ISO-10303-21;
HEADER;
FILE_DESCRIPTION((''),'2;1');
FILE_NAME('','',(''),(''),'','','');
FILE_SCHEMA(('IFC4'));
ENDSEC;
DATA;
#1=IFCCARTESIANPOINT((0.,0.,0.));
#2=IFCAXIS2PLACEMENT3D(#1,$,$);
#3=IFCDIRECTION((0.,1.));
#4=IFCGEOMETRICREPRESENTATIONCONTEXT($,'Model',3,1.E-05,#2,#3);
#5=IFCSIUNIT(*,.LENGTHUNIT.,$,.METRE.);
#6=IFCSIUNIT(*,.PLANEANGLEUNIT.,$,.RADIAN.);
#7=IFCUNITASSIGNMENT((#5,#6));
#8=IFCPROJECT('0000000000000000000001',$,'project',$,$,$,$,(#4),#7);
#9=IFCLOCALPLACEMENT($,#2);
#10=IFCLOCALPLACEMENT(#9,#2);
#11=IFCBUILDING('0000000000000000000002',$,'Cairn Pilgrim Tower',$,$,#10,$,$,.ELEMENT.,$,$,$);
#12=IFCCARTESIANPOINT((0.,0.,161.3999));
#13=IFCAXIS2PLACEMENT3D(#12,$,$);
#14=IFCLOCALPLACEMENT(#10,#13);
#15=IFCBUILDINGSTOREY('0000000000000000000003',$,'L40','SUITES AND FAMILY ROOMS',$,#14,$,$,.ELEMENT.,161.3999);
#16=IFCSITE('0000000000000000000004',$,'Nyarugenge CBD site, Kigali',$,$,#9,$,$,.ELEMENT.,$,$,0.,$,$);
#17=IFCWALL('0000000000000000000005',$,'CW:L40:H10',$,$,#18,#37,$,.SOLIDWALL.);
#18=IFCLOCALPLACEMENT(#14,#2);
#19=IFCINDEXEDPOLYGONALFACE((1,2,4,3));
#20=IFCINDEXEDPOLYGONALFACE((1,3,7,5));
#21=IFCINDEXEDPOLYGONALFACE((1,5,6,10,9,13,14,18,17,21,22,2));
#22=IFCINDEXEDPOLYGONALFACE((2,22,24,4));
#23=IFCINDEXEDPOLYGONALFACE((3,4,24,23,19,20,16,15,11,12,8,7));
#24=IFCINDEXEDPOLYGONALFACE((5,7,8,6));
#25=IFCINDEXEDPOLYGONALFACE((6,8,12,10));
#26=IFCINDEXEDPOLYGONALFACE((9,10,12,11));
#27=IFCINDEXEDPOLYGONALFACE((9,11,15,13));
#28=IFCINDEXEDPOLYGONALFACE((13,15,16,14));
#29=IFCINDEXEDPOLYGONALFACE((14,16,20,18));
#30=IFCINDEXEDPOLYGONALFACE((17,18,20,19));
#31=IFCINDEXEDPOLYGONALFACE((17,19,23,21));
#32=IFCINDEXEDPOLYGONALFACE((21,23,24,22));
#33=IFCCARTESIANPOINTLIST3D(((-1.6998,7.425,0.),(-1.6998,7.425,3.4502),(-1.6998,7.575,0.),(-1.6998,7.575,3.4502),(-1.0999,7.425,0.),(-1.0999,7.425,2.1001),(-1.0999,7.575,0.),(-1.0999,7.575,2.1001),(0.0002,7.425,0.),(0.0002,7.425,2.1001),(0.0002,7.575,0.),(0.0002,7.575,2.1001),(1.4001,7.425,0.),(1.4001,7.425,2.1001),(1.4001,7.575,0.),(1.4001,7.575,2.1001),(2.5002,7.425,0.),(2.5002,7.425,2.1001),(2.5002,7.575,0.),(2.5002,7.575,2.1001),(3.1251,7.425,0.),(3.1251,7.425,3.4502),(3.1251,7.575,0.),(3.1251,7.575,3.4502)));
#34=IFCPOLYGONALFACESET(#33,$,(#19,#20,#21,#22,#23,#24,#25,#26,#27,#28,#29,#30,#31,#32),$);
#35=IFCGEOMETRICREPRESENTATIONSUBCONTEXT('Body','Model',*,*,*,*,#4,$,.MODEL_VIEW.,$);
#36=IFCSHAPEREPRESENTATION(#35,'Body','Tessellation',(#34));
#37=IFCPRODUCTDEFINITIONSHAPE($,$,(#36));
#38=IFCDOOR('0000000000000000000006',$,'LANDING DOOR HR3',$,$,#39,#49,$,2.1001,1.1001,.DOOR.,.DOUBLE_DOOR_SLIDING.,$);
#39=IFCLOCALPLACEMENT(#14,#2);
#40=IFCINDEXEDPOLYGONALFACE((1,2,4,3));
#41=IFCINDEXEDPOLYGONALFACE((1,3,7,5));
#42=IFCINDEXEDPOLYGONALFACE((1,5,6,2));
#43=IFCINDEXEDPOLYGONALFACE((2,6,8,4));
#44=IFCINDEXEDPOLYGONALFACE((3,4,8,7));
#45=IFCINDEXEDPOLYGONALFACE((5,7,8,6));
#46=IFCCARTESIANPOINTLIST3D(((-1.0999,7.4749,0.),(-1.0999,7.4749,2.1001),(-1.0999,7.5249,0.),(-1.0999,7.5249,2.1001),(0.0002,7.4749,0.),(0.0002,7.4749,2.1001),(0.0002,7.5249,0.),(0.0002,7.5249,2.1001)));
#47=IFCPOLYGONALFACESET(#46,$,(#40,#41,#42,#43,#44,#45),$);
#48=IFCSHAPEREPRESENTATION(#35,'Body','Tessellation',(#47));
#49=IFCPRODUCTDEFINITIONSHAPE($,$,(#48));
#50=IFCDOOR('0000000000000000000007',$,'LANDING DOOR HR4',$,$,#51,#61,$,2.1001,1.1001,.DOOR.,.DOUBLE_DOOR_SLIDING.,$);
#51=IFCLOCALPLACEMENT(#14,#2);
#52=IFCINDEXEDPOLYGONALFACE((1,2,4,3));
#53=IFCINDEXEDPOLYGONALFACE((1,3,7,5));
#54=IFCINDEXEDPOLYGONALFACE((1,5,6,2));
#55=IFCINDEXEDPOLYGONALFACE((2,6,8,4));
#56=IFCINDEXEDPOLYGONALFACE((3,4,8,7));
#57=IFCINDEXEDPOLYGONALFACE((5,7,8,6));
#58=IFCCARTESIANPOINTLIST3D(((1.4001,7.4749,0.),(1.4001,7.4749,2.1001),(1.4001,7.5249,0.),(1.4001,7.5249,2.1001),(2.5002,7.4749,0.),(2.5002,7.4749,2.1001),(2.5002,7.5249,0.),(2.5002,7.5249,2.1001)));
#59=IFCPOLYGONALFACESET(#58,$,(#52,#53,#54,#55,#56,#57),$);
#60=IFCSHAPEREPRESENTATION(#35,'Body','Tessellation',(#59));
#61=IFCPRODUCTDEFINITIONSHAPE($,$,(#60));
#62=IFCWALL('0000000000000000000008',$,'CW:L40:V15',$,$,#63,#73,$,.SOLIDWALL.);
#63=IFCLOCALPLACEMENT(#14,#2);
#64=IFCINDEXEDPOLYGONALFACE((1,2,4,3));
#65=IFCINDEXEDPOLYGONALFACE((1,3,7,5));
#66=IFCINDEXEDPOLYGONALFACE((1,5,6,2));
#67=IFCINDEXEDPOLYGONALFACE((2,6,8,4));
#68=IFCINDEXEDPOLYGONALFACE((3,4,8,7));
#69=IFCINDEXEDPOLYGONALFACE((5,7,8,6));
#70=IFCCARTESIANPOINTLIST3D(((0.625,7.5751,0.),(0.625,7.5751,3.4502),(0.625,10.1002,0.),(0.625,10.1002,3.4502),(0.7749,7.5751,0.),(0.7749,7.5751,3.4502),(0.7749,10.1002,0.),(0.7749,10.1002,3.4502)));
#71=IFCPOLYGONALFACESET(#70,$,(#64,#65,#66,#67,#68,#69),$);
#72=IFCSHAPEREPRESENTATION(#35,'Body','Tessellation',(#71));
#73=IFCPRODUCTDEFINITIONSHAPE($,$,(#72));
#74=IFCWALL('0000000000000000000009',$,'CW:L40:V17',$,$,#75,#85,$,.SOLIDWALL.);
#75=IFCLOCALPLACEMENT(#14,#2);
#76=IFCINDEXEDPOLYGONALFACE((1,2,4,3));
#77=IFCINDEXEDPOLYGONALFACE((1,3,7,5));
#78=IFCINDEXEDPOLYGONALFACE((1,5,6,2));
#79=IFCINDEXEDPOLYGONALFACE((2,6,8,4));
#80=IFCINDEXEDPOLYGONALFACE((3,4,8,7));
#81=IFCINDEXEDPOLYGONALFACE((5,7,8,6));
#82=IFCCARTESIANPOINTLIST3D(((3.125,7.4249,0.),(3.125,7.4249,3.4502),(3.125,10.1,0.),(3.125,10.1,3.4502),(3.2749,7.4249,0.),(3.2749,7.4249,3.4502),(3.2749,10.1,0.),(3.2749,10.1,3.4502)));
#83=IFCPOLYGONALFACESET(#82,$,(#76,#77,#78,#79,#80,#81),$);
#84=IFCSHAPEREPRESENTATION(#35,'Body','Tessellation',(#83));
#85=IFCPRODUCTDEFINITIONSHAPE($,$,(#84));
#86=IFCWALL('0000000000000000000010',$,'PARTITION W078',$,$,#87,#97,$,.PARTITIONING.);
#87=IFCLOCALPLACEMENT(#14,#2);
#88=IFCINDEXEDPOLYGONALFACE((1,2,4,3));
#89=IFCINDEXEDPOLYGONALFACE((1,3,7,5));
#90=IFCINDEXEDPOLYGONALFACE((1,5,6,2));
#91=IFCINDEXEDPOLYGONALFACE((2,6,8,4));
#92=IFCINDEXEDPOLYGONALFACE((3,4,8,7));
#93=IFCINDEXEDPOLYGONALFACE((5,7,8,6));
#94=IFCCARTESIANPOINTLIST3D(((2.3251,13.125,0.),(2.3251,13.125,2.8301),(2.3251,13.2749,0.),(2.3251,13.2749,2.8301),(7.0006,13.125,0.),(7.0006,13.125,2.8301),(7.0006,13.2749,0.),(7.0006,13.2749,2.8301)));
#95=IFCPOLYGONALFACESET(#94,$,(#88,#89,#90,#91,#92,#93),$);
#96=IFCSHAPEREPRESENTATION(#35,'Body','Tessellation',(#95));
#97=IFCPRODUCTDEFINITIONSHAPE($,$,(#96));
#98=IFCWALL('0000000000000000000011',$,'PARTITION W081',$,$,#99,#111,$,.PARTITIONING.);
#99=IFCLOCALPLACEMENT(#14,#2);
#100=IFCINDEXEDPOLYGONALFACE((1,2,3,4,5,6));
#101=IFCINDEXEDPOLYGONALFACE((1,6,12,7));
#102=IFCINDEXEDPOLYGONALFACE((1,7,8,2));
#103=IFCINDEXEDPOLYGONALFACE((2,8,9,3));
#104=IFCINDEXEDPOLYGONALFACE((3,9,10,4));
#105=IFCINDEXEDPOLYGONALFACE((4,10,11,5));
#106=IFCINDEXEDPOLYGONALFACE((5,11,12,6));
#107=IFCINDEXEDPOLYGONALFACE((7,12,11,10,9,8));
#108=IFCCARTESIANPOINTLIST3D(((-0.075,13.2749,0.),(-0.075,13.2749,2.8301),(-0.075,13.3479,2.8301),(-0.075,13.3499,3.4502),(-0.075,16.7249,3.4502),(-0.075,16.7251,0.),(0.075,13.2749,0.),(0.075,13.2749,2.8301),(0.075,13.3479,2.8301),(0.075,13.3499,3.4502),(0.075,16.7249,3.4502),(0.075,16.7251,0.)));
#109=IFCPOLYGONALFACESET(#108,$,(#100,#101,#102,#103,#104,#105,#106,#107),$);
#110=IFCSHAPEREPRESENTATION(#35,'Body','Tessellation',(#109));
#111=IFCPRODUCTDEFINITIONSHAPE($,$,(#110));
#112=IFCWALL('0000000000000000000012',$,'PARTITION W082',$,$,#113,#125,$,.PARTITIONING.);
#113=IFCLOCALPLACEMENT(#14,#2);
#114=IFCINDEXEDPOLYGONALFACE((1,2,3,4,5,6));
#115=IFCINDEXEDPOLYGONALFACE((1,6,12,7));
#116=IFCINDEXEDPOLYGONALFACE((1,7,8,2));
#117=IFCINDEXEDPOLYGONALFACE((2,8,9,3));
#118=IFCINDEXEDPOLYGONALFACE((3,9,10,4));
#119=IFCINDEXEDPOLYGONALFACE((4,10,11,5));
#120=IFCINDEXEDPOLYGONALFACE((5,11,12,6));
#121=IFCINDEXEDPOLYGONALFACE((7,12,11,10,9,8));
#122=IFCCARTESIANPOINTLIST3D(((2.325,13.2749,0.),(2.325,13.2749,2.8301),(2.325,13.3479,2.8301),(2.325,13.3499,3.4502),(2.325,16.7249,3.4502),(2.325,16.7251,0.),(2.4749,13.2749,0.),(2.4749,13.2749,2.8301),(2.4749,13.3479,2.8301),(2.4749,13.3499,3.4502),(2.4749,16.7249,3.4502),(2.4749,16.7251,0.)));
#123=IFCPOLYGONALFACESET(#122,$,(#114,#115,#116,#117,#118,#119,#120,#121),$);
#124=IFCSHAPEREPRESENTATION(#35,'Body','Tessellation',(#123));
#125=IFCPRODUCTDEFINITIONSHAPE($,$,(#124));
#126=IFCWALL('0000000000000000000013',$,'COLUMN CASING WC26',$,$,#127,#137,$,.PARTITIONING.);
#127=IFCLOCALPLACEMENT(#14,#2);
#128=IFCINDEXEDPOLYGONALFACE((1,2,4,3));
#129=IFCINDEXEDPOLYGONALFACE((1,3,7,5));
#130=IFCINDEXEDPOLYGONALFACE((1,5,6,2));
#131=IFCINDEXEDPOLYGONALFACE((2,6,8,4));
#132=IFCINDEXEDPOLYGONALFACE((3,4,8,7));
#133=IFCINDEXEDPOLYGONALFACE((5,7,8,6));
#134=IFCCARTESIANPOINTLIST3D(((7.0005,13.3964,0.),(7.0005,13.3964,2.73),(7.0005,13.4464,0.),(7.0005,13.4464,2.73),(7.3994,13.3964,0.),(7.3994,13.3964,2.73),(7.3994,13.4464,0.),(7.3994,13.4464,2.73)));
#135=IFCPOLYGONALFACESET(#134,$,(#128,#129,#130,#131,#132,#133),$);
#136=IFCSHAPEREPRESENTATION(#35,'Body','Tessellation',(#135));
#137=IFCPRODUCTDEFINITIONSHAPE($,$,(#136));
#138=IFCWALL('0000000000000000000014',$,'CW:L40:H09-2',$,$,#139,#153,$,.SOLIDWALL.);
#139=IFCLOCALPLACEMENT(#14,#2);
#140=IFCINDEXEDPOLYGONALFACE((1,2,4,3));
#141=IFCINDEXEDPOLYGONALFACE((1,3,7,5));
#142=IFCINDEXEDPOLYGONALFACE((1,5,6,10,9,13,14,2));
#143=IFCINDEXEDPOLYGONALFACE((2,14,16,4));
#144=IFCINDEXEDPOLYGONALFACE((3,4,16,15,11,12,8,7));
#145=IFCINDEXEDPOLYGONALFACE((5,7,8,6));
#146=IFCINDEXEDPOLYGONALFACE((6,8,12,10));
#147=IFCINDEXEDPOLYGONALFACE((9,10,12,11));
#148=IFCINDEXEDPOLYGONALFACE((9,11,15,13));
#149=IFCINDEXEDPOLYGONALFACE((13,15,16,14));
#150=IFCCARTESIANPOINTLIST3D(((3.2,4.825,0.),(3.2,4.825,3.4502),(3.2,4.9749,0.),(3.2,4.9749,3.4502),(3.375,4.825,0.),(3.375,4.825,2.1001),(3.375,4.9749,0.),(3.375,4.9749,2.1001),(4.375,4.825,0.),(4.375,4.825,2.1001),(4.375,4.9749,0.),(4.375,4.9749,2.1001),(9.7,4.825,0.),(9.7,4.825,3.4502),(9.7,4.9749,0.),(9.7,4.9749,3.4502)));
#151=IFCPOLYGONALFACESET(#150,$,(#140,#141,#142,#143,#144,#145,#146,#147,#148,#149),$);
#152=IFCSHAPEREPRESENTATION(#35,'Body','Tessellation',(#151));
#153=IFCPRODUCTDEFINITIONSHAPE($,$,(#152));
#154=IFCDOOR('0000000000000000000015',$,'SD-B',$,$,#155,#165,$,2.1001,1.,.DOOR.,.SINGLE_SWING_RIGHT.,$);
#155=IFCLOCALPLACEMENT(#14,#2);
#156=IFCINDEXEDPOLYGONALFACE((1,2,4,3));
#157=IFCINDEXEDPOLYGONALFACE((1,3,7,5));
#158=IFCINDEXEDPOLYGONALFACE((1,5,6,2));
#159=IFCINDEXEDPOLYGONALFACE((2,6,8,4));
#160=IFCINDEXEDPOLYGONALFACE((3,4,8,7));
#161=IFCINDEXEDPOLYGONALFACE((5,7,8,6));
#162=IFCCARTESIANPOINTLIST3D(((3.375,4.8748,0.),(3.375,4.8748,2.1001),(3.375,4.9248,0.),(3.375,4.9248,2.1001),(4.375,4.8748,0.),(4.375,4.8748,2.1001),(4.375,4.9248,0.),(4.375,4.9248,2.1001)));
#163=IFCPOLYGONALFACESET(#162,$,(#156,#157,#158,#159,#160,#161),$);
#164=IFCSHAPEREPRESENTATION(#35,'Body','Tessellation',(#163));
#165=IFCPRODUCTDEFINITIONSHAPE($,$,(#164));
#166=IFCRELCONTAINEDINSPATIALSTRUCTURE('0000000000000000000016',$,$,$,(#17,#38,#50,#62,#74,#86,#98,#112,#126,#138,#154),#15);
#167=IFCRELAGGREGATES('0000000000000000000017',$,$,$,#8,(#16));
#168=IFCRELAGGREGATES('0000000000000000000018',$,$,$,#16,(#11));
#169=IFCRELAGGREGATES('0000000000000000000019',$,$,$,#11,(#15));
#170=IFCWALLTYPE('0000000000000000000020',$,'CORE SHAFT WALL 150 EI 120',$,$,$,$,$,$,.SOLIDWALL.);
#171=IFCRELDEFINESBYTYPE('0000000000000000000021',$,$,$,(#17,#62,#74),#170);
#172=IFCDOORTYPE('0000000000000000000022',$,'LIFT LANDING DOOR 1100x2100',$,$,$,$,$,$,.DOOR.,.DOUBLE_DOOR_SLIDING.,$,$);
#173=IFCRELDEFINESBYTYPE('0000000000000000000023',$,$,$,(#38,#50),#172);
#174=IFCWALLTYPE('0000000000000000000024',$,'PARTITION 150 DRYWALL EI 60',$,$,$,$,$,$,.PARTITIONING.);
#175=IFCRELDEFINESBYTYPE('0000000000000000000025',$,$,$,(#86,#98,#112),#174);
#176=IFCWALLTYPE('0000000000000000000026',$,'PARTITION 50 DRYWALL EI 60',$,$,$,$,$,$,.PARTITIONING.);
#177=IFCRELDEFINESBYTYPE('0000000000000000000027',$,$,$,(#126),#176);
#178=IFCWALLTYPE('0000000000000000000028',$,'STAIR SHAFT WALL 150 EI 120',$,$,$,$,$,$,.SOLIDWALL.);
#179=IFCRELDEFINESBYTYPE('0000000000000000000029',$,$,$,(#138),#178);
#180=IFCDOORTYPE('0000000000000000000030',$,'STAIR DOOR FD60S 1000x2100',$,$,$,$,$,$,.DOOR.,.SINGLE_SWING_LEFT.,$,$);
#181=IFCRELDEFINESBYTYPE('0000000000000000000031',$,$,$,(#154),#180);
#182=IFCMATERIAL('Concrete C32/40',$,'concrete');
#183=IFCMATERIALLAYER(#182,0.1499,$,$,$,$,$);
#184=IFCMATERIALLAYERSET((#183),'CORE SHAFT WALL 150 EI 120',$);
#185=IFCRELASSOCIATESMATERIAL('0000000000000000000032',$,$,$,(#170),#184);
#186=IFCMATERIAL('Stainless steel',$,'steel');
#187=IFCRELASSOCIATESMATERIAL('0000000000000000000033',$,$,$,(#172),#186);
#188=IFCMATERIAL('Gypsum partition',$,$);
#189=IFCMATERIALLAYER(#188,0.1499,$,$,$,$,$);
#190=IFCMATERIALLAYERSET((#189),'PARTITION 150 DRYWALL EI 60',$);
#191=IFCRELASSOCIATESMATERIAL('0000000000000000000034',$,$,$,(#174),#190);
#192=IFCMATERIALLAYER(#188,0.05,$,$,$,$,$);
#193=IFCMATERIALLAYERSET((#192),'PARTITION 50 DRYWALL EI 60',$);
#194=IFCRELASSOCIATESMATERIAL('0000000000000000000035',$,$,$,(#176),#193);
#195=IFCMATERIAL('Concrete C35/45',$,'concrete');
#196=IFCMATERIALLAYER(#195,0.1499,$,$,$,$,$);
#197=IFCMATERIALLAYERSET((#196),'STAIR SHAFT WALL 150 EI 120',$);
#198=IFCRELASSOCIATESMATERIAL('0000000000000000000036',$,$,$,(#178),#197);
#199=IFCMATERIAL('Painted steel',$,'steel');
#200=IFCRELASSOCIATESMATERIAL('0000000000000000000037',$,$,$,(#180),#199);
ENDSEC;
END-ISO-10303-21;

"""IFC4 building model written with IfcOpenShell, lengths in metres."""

from ifc_helpers import new_model, si_unit, direction, frame, frame_2d, origin, place, context, subcontext, project, spatial, polyline, rectangle, outline, extrude, material, layer, layer_set, type_object, element, fill, save


model = new_model("IFC4")

# Units and contexts
model_context = context("Model", 3, precision=1e-05, world=origin(), true_north=direction((0.0, 1.0)))
body_context = subcontext(model_context, "Body", "Model", "MODEL_VIEW")
ifc_project = project(units=[si_unit("LENGTHUNIT", "METRE"), si_unit("PLANEANGLEUNIT", "RADIAN")], contexts=[model_context])

# Site, building, storey
site_placement = place(None, origin())
site = spatial("IfcSite", under=ifc_project, at=site_placement, Name="Nyarugenge CBD site, Kigali", CompositionType="ELEMENT", RefElevation=0.0)
building_placement = place(site_placement, origin())
building = spatial("IfcBuilding", under=site, at=building_placement, Name="Cairn Pilgrim Tower", CompositionType="ELEMENT")
storey_placement = place(building_placement, frame((0.0, 0.0, 161.3999)))
storey = spatial("IfcBuildingStorey", under=building, at=storey_placement, Name="L40", Description="SUITES AND FAMILY ROOMS", CompositionType="ELEMENT", Elevation=161.3999)

# Shared definitions
ifc_material_1 = material(Name="Concrete C32/40", Category="concrete")

# Wall, openings, doors
ifc_layer_1 = layer(ifc_material_1, 0.1499)
ifc_layer_set_1 = layer_set([ifc_layer_1], Name="CORE SHAFT WALL 150 EI 120")
wall_type_1 = type_object("IfcWallType", Name="CORE SHAFT WALL 150 EI 120", PredefinedType="SOLIDWALL", material=ifc_layer_set_1)
wall_1_placement = place(storey_placement, frame((-1.7, 7.5, 0.0), z_axis=(0.0, 0.0, 1.0), x_axis=(1.0, 0.0, 0.0)))
wall_1 = element("IfcWall", 1, at=wall_1_placement, inside=storey, type_object=wall_type_1, Name="CW:L40:H10", PredefinedType="SOLIDWALL", context=body_context, shape_type="SweptSolid", body=[
    extrude(rectangle(XDim=4.825, YDim=0.1499, at=frame_2d((2.4126, 0.0))), origin(), (0.0, 0.0, 1.0), 3.4502),
])
opening_1_placement = place(wall_1_placement, frame((0.6001, 0.0, 0.0)))
opening_1 = element("IfcOpeningElement", 2, at=opening_1_placement, cuts=wall_1, PredefinedType="OPENING", context=body_context, shape_type="SweptSolid", body=[
    extrude(rectangle(XDim=1.1001, YDim=2.1001, at=frame_2d((0.55, 1.05))), frame((0.0, 0.085, 0.0), z_axis=(0.0, -1.0, 0.0), x_axis=(1.0, 0.0, 0.0)), (0.0, 0.0, 1.0), 0.1699),
])
opening_2_placement = place(wall_1_placement, frame((3.1001, 0.0, 0.0)))
opening_2 = element("IfcOpeningElement", 3, at=opening_2_placement, cuts=wall_1, PredefinedType="OPENING", context=body_context, shape_type="SweptSolid", body=[
    extrude(rectangle(XDim=1.1001, YDim=2.1001, at=frame_2d((0.55, 1.05))), frame((0.0, 0.085, 0.0), z_axis=(0.0, -1.0, 0.0), x_axis=(1.0, 0.0, 0.0)), (0.0, 0.0, 1.0), 0.1699),
])
ifc_material_2 = material(Name="Stainless steel", Category="steel")
door_type_1 = type_object("IfcDoorType", Name="LIFT LANDING DOOR 1100x2100", OperationType="DOUBLE_DOOR_SLIDING", PredefinedType="DOOR", material=ifc_material_2)
door_1_placement = place(opening_1_placement, origin())
door_1 = element("IfcDoor", 4, at=door_1_placement, inside=storey, type_object=door_type_1, Name="LANDING DOOR HR3", OperationType="DOUBLE_DOOR_SLIDING", OverallHeight=2.1001, OverallWidth=1.1001, PredefinedType="DOOR", context=body_context, shape_type="SweptSolid", body=[
    extrude(rectangle(XDim=1.1001, YDim=2.1001, at=frame_2d((0.55, 1.05))), frame((0.0, 0.0249, 0.0), z_axis=(0.0, -1.0, 0.0), x_axis=(1.0, 0.0, 0.0)), (0.0, 0.0, 1.0), 0.05),
])
fill(opening_1, door_1)
door_2_placement = place(opening_2_placement, origin())
door_2 = element("IfcDoor", 5, at=door_2_placement, inside=storey, type_object=door_type_1, Name="LANDING DOOR HR4", OperationType="DOUBLE_DOOR_SLIDING", OverallHeight=2.1001, OverallWidth=1.1001, PredefinedType="DOOR", context=body_context, shape_type="SweptSolid", body=[
    extrude(rectangle(XDim=1.1001, YDim=2.1001, at=frame_2d((0.55, 1.05))), frame((0.0, 0.0249, 0.0), z_axis=(0.0, -1.0, 0.0), x_axis=(1.0, 0.0, 0.0)), (0.0, 0.0, 1.0), 0.05),
])
fill(opening_2, door_2)

# Walls
wall_2_placement = place(storey_placement, frame((0.7, 7.575, 0.0), z_axis=(0.0, 0.0, 1.0), x_axis=(0.0, 1.0, 0.0)))
element("IfcWall", 6, at=wall_2_placement, inside=storey, type_object=wall_type_1, Name="CW:L40:V15", PredefinedType="SOLIDWALL", context=body_context, shape_type="SweptSolid", body=[
    extrude(rectangle(XDim=2.5251, YDim=0.1499, at=frame_2d((1.2627, 0.0))), origin(), (0.0, 0.0, 1.0), 3.4502),
])
wall_3_placement = place(storey_placement, frame((3.2, 7.425, 0.0), z_axis=(0.0, 0.0, 1.0), x_axis=(0.0, 1.0, 0.0)))
element("IfcWall", 7, at=wall_3_placement, inside=storey, type_object=wall_type_1, Name="CW:L40:V17", PredefinedType="SOLIDWALL", context=body_context, shape_type="SweptSolid", body=[
    extrude(rectangle(XDim=2.675, YDim=0.1499, at=frame_2d((1.3374, 0.0))), origin(), (0.0, 0.0, 1.0), 3.4502),
])
ifc_material_3 = material(Name="Gypsum partition")
ifc_layer_2 = layer(ifc_material_3, 0.1499)
ifc_layer_set_2 = layer_set([ifc_layer_2], Name="PARTITION 150 DRYWALL EI 60")
wall_type_2 = type_object("IfcWallType", Name="PARTITION 150 DRYWALL EI 60", PredefinedType="PARTITIONING", material=ifc_layer_set_2)
wall_4_placement = place(storey_placement, frame((2.325, 13.2, 0.0), z_axis=(0.0, 0.0, 1.0), x_axis=(1.0, 0.0, 0.0)))
element("IfcWall", 8, at=wall_4_placement, inside=storey, type_object=wall_type_2, Name="PARTITION W078", PredefinedType="PARTITIONING", context=body_context, shape_type="SweptSolid", body=[
    extrude(rectangle(XDim=4.6755, YDim=0.1499, at=frame_2d((2.3379, 0.0))), origin(), (0.0, 0.0, 1.0), 2.8301),
])
for number, where, z_axis, x_axis, name in (
    (9, (0.0, 13.2749, 0.0), (0.0, 0.0, 1.0), (0.0, 1.0, 0.0), "PARTITION W081"),
    (10, (2.3999, 13.2749, 0.0), (0.0, 0.0, 1.0), (0.0, 1.0, 0.0), "PARTITION W082"),
):
    element("IfcWall", number, at=place(storey_placement, frame(where, z_axis=z_axis, x_axis=x_axis)), inside=storey, type_object=wall_type_2, Name=name, PredefinedType="PARTITIONING", context=body_context, shape_type="SweptSolid", body=[
        extrude(outline(polyline([(0.0, 0.0), (3.4502, 0.0), (3.45, 3.4502), (0.075, 3.4502), (0.073, 2.8301), (0.0, 2.8301), (0.0, 0.0)])), frame((0.0, 0.075, 0.0), z_axis=(0.0, -1.0, 0.0), x_axis=(1.0, 0.0, 0.0)), (0.0, 0.0, 1.0), 0.1499),
    ])
ifc_layer_3 = layer(ifc_material_3, 0.05)
ifc_layer_set_3 = layer_set([ifc_layer_3], Name="PARTITION 50 DRYWALL EI 60")
wall_type_3 = type_object("IfcWallType", Name="PARTITION 50 DRYWALL EI 60", PredefinedType="PARTITIONING", material=ifc_layer_set_3)
wall_5_placement = place(storey_placement, frame((7.0005, 13.4214, 0.0), z_axis=(0.0, 0.0, 1.0), x_axis=(1.0, 0.0, 0.0)))
element("IfcWall", 11, at=wall_5_placement, inside=storey, type_object=wall_type_3, Name="COLUMN CASING WC26", PredefinedType="PARTITIONING", context=body_context, shape_type="SweptSolid", body=[
    extrude(rectangle(XDim=0.3989, YDim=0.05, at=frame_2d((0.1995, 0.0))), origin(), (0.0, 0.0, 1.0), 2.73),
])

# Wall, opening, door
ifc_material_4 = material(Name="Concrete C35/45", Category="concrete")
ifc_layer_4 = layer(ifc_material_4, 0.1499)
ifc_layer_set_4 = layer_set([ifc_layer_4], Name="STAIR SHAFT WALL 150 EI 120")
wall_type_4 = type_object("IfcWallType", Name="STAIR SHAFT WALL 150 EI 120", PredefinedType="SOLIDWALL", material=ifc_layer_set_4)
wall_6_placement = place(storey_placement, frame((3.2, 4.8999, 0.0), z_axis=(0.0, 0.0, 1.0), x_axis=(1.0, 0.0, 0.0)))
wall_6 = element("IfcWall", 12, at=wall_6_placement, inside=storey, type_object=wall_type_4, Name="CW:L40:H09-2", PredefinedType="SOLIDWALL", context=body_context, shape_type="SweptSolid", body=[
    extrude(rectangle(XDim=6.5, YDim=0.1499, at=frame_2d((3.25, 0.0))), origin(), (0.0, 0.0, 1.0), 3.4502),
])
opening_3_placement = place(wall_6_placement, frame((0.175, 0.0, 0.0)))
opening_3 = element("IfcOpeningElement", 13, at=opening_3_placement, cuts=wall_6, PredefinedType="OPENING", context=body_context, shape_type="SweptSolid", body=[
    extrude(rectangle(XDim=1.0, YDim=2.1001, at=frame_2d((0.5, 1.05))), frame((0.0, 0.085, 0.0), z_axis=(0.0, -1.0, 0.0), x_axis=(1.0, 0.0, 0.0)), (0.0, 0.0, 1.0), 0.1699),
])
ifc_material_5 = material(Name="Painted steel", Category="steel")
door_type_2 = type_object("IfcDoorType", Name="STAIR DOOR FD60S 1000x2100", OperationType="SINGLE_SWING_LEFT", PredefinedType="DOOR", material=ifc_material_5)
door_3_placement = place(opening_3_placement, origin())
door_3 = element("IfcDoor", 14, at=door_3_placement, inside=storey, type_object=door_type_2, Name="SD-B", OperationType="SINGLE_SWING_RIGHT", OverallHeight=2.1001, OverallWidth=1.0, PredefinedType="DOOR", context=body_context, shape_type="SweptSolid", body=[
    extrude(rectangle(XDim=1.0, YDim=2.1001, at=frame_2d((0.5, 1.05))), frame((0.0, 0.0249, 0.0), z_axis=(0.0, -1.0, 0.0), x_axis=(1.0, 0.0, 0.0)), (0.0, 0.0, 1.0), 0.05),
])
fill(opening_3, door_3)

save(model, "model.ifc")
